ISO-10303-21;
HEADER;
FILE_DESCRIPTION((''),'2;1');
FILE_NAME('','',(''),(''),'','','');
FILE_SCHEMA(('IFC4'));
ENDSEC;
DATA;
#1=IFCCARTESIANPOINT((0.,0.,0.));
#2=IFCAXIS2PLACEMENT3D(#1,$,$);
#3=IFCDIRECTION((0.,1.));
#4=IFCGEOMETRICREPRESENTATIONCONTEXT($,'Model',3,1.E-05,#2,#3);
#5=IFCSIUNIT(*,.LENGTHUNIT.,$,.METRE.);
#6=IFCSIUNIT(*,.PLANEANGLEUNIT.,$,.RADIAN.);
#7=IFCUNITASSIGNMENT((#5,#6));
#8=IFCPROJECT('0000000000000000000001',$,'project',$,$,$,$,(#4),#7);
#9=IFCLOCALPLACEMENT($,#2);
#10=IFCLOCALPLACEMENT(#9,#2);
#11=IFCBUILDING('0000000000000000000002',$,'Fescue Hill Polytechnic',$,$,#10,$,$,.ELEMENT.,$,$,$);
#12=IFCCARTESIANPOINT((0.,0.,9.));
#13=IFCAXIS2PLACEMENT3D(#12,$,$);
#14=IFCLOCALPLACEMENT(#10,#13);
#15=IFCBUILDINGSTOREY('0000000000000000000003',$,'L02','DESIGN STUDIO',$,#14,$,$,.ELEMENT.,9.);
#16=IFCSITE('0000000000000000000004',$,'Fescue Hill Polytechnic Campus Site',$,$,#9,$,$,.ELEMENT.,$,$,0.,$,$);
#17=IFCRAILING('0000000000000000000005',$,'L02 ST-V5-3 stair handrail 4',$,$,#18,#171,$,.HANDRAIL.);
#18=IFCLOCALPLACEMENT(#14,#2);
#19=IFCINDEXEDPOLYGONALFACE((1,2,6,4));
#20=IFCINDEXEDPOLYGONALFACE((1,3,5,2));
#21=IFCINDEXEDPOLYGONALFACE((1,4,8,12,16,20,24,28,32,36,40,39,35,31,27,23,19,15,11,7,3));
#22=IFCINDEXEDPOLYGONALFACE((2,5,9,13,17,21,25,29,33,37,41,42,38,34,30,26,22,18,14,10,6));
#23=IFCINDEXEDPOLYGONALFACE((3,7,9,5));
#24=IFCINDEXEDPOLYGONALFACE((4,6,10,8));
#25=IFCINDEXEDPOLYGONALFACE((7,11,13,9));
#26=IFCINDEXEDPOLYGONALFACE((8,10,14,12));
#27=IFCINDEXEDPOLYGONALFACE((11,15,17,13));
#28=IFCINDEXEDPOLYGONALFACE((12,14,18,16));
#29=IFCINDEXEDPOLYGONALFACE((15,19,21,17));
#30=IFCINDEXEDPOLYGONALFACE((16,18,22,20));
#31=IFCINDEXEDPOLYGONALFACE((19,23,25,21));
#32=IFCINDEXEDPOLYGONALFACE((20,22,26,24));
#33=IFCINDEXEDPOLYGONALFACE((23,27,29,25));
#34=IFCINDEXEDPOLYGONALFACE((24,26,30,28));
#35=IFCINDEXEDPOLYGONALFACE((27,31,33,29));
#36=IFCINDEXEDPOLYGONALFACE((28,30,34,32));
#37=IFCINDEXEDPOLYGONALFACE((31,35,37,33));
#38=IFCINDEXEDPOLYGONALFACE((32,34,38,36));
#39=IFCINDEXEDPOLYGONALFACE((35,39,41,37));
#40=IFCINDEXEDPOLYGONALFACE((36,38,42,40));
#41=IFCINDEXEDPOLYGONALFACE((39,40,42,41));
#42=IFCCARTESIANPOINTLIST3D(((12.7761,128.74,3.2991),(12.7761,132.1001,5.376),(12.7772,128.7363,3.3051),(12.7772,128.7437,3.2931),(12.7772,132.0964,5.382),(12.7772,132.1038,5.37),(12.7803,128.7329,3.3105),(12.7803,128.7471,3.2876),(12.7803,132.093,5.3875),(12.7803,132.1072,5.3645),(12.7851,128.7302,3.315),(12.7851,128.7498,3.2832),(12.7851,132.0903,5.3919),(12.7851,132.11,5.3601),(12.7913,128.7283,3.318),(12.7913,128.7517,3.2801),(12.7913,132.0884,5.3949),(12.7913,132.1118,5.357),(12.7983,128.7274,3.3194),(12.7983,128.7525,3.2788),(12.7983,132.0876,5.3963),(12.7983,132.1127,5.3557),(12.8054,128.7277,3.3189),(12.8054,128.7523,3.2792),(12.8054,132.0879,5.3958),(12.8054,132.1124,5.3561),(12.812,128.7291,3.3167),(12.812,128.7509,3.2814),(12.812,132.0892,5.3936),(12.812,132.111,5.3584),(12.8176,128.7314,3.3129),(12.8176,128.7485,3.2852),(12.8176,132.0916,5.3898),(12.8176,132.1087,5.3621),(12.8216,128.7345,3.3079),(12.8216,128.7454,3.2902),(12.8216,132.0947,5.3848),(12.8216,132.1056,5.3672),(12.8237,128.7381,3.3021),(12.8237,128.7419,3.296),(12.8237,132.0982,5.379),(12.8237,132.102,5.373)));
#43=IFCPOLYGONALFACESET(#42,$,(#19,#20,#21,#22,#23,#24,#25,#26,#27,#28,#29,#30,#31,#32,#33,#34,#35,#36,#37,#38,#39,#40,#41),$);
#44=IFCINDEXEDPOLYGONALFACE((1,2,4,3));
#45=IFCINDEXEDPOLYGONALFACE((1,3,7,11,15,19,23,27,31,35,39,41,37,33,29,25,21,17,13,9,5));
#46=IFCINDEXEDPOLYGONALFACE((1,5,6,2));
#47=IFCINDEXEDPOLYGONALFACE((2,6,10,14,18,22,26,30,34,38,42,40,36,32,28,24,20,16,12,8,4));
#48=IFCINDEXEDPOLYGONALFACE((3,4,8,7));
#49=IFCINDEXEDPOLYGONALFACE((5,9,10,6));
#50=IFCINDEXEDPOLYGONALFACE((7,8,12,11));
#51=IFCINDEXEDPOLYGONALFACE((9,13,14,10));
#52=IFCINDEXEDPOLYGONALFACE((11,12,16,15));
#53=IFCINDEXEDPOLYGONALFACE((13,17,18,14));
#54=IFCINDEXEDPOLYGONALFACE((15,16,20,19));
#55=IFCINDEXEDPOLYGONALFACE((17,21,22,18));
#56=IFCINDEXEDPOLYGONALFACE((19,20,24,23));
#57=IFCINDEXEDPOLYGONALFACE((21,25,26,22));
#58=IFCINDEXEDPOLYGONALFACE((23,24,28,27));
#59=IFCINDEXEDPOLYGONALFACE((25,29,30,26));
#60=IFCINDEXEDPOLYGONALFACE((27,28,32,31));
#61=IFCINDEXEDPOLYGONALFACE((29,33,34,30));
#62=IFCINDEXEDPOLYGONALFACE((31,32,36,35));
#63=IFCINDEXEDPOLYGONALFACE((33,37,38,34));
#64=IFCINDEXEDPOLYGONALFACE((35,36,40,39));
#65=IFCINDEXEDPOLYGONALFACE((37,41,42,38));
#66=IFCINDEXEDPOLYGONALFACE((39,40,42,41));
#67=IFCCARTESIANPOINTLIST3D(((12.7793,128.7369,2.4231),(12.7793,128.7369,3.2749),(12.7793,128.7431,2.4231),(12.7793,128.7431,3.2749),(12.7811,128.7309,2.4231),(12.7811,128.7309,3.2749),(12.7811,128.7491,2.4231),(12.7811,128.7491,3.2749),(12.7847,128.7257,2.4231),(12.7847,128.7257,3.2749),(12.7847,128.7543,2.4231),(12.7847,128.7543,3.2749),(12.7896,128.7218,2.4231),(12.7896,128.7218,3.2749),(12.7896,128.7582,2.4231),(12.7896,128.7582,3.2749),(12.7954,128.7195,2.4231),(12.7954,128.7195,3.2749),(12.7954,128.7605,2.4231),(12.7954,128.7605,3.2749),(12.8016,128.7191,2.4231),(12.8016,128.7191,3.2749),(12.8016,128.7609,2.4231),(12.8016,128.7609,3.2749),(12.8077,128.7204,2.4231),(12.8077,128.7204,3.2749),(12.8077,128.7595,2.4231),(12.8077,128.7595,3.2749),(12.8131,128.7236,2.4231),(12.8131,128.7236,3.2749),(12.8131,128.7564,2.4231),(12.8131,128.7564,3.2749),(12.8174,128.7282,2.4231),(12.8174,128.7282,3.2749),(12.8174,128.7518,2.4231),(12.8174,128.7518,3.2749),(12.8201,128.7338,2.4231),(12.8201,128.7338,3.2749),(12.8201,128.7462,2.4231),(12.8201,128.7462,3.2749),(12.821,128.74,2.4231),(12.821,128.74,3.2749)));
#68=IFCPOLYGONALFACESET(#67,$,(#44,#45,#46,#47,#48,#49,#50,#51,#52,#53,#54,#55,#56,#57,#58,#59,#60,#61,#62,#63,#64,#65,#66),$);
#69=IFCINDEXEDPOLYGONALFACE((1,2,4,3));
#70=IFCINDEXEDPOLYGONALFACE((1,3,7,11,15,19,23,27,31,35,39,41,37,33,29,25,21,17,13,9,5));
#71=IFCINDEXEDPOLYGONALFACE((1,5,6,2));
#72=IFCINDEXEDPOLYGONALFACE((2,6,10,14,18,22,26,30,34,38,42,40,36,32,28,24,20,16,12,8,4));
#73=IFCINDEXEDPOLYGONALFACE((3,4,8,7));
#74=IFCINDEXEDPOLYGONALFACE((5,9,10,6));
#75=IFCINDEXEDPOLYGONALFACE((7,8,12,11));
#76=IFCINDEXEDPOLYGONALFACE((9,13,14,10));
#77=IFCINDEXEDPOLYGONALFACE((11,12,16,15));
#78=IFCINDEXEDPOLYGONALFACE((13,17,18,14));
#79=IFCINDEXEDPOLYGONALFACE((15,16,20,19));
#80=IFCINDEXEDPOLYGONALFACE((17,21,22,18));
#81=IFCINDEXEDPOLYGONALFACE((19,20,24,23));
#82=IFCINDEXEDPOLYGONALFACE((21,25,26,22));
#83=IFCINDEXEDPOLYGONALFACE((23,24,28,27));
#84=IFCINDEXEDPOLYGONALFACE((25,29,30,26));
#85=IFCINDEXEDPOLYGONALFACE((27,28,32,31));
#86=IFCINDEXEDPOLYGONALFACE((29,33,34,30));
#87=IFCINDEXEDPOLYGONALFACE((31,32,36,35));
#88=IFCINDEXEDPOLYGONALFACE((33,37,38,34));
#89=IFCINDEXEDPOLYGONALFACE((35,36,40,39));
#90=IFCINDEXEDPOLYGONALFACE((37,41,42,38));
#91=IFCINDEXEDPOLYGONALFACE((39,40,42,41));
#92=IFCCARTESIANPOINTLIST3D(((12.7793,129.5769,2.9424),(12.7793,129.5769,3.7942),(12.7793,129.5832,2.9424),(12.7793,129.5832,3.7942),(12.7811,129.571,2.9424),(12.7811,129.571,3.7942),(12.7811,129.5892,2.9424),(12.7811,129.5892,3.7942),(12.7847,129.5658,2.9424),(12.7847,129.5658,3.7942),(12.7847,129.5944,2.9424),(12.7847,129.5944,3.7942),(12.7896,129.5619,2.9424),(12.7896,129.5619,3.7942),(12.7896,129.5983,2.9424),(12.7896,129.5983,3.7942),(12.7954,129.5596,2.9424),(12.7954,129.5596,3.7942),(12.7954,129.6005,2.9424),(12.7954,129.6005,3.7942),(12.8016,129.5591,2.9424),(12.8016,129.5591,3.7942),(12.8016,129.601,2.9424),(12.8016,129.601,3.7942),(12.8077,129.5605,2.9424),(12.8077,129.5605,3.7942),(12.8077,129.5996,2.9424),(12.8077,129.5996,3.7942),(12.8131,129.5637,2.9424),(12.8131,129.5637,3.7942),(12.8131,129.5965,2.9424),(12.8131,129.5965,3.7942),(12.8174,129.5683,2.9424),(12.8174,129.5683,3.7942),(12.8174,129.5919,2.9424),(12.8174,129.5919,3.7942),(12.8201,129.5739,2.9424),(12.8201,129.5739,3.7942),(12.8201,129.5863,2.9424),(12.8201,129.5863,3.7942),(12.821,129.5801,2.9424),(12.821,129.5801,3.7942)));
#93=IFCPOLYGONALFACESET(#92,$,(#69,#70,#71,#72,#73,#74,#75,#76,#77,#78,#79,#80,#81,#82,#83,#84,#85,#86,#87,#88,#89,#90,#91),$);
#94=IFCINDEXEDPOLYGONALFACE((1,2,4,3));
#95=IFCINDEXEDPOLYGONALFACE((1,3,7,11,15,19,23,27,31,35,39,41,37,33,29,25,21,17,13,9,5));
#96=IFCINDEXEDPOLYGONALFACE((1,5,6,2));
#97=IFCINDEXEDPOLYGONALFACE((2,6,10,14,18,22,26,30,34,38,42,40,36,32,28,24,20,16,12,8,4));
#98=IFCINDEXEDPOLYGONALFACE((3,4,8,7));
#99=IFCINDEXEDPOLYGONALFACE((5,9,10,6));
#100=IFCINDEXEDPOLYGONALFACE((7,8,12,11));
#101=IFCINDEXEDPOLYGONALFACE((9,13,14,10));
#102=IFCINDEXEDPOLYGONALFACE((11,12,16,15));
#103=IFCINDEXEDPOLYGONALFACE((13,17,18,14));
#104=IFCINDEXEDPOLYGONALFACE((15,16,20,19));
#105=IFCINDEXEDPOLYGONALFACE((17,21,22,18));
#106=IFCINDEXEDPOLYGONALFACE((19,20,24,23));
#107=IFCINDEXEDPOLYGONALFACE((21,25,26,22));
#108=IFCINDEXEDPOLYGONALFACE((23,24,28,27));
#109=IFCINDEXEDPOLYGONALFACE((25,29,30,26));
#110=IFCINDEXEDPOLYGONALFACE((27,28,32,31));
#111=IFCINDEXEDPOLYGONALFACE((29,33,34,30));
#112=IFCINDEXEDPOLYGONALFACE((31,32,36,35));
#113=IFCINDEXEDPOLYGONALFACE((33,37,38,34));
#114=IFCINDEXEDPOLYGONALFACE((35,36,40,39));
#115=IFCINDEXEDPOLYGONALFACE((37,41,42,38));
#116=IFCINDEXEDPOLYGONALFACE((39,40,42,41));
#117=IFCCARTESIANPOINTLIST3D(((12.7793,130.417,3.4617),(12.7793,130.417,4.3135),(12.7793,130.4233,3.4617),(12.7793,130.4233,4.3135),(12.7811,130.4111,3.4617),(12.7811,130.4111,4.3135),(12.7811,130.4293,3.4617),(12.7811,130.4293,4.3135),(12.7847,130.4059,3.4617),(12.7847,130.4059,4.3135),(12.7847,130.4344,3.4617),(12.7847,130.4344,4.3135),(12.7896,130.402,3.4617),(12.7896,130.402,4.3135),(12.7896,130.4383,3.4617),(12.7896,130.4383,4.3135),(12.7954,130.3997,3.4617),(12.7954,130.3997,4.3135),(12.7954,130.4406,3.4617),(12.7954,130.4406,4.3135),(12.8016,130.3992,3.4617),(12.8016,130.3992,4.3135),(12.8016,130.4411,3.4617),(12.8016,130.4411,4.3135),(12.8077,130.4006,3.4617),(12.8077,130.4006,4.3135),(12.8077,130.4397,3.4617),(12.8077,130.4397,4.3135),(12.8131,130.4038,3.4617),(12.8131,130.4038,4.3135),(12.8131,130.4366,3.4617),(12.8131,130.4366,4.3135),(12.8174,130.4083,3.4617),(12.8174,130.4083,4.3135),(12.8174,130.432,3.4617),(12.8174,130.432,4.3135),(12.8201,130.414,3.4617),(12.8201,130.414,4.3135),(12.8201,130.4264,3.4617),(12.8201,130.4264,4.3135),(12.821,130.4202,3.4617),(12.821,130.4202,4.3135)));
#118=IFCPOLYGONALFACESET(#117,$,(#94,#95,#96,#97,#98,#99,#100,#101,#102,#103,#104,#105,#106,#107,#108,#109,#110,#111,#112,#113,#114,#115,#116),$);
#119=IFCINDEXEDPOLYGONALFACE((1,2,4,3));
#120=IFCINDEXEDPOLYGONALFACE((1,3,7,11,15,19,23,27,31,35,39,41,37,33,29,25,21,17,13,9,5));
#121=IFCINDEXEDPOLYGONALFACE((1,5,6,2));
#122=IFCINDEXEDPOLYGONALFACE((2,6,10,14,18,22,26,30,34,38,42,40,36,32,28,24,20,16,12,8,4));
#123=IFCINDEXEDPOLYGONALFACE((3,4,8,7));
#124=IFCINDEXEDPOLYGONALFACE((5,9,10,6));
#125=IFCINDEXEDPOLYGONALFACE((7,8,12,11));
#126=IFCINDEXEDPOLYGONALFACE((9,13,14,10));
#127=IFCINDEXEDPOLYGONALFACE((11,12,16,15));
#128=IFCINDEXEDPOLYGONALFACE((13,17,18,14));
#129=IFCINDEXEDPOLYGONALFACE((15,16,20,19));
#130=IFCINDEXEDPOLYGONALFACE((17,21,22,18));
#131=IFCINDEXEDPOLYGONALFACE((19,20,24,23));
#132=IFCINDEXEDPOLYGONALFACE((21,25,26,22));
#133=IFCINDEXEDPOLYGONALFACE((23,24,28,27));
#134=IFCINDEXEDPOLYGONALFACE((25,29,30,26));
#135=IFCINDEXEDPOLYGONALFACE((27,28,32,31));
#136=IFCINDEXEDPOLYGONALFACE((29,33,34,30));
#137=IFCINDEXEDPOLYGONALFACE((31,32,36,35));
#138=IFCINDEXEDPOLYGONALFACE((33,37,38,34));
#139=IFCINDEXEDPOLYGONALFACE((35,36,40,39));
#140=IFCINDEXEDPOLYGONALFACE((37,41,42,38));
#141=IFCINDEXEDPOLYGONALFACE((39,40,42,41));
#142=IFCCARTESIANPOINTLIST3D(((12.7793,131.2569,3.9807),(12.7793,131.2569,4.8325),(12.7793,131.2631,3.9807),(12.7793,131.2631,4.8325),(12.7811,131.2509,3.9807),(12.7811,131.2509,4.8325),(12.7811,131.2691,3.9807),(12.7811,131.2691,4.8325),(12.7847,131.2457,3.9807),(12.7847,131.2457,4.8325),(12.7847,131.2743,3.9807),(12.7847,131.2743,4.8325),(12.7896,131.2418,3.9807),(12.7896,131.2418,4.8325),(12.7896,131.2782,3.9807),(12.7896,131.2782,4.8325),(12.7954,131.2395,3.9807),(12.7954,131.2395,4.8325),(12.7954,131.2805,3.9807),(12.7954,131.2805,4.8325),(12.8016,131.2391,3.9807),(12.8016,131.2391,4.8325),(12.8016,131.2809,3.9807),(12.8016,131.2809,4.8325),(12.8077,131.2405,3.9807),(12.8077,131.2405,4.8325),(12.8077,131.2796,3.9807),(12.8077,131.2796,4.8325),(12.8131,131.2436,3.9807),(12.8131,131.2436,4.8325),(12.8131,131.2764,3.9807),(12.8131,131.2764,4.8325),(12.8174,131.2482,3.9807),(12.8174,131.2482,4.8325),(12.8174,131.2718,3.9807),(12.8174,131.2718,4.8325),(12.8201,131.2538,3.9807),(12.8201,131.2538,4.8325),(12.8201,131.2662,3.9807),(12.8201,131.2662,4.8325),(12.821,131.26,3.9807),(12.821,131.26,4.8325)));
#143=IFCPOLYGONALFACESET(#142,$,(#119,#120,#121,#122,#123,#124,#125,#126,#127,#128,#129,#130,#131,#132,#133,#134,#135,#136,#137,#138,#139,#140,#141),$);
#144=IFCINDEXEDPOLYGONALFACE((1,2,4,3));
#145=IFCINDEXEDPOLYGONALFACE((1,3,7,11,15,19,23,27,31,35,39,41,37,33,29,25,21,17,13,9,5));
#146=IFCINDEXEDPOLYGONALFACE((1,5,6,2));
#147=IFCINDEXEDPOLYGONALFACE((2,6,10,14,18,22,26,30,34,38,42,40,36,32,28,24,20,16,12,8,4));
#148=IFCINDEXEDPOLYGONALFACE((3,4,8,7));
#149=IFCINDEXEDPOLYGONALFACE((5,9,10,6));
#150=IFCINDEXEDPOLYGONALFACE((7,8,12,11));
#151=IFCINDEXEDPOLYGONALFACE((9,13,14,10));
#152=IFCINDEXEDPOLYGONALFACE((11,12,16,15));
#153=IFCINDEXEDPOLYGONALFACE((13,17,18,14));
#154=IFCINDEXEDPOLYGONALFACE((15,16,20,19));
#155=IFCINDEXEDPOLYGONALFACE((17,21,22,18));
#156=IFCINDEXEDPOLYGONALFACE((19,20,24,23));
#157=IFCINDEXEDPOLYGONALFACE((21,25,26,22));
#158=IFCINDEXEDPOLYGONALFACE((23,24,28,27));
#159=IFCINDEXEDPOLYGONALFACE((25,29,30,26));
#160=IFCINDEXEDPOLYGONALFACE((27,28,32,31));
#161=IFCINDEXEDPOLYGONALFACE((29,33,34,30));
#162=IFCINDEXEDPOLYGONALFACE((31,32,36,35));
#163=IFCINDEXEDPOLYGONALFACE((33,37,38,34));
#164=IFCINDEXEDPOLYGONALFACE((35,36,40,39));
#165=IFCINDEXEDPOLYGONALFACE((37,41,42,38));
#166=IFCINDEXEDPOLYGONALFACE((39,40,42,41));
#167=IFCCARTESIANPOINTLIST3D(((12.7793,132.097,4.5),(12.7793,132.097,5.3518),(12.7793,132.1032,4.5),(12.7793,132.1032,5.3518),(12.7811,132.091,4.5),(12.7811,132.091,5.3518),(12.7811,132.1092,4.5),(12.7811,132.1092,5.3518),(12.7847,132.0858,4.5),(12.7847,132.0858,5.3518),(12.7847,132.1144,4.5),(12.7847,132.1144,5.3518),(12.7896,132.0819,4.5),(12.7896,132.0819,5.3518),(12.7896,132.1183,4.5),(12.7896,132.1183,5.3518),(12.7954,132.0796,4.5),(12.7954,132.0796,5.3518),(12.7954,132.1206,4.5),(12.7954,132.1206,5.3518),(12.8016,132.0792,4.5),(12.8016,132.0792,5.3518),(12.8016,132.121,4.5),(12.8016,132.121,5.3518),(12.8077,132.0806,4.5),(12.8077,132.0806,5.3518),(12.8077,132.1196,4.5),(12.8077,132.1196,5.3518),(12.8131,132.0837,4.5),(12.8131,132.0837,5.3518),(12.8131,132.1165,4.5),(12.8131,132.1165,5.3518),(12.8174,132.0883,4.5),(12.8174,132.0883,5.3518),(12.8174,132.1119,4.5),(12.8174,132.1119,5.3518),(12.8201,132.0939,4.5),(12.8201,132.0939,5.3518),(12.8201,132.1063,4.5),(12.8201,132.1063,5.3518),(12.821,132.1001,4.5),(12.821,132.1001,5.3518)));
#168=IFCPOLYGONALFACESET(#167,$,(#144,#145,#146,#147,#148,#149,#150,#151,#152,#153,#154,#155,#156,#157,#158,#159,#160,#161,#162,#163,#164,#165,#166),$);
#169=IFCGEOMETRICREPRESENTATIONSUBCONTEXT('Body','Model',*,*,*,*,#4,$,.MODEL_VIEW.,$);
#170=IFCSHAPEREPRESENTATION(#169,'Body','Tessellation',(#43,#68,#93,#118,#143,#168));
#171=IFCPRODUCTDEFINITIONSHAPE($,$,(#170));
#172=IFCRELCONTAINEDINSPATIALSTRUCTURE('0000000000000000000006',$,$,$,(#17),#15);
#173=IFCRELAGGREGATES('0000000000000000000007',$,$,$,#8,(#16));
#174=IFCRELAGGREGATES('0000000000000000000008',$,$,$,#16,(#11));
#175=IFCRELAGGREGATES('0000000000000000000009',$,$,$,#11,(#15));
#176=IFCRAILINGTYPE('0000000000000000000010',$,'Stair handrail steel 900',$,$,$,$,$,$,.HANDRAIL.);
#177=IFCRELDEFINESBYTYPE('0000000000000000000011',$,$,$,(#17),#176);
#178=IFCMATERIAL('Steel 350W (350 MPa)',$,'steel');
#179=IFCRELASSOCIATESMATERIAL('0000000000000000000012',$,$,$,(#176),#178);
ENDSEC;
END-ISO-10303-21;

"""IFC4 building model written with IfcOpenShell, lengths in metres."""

from ifc_helpers import new_model, si_unit, direction, frame, origin, origin_2d, place, context, subcontext, project, spatial, circle, extrude, material, type_object, element, save


model = new_model("IFC4")

# Units and contexts
model_context = context("Model", 3, precision=1e-05, world=origin(), true_north=direction((0.0, 1.0)))
body_context = subcontext(model_context, "Body", "Model", "MODEL_VIEW")
ifc_project = project(units=[si_unit("LENGTHUNIT", "METRE"), si_unit("PLANEANGLEUNIT", "RADIAN")], contexts=[model_context])

# Site, building, storey
site_placement = place(None, origin())
site = spatial("IfcSite", under=ifc_project, at=site_placement, Name="Fescue Hill Polytechnic Campus Site", CompositionType="ELEMENT", RefElevation=0.0)
building_placement = place(site_placement, origin())
building = spatial("IfcBuilding", under=site, at=building_placement, Name="Fescue Hill Polytechnic", CompositionType="ELEMENT")
storey_placement = place(building_placement, frame((0.0, 0.0, 9.0)))
storey = spatial("IfcBuildingStorey", under=building, at=storey_placement, Name="L02", Description="DESIGN STUDIO", CompositionType="ELEMENT", Elevation=9.0)

# Railing
ifc_material_1 = material(Name="Steel 350W (350 MPa)", Category="steel")
railing_type_1 = type_object("IfcRailingType", Name="Stair handrail steel 900", PredefinedType="HANDRAIL", material=ifc_material_1)
railing_1_placement = place(storey_placement, frame((12.8, 128.74, 2.4231)))
element("IfcRailing", 1, at=railing_1_placement, inside=storey, type_object=railing_type_1, Name="L02 ST-V5-3 stair handrail 4", PredefinedType="HANDRAIL", context=body_context, shape_type="SweptSolid", body=[
    extrude(circle(Radius=0.0239, at=origin_2d()), frame((0.0, 0.0, 0.876), z_axis=(0.0, 0.850623, 0.525776), x_axis=(-1.0, 0.0, 0.0)), (0.0, 0.0, 1.0), 3.9502),
    extrude(circle(Radius=0.021, at=origin_2d()), origin(), (0.0, 0.0, 1.0), 0.8518),
    extrude(circle(Radius=0.021, at=origin_2d()), frame((0.0, 0.8401, 0.5193)), (0.0, 0.0, 1.0), 0.8518),
    extrude(circle(Radius=0.021, at=origin_2d()), frame((0.0, 1.6802, 1.0386)), (0.0, 0.0, 1.0), 0.8518),
    extrude(circle(Radius=0.021, at=origin_2d()), frame((0.0, 2.52, 1.5576)), (0.0, 0.0, 1.0), 0.8518),
    extrude(circle(Radius=0.021, at=origin_2d()), frame((0.0, 3.3601, 2.0769)), (0.0, 0.0, 1.0), 0.8518),
])

save(model, "model.ifc")
